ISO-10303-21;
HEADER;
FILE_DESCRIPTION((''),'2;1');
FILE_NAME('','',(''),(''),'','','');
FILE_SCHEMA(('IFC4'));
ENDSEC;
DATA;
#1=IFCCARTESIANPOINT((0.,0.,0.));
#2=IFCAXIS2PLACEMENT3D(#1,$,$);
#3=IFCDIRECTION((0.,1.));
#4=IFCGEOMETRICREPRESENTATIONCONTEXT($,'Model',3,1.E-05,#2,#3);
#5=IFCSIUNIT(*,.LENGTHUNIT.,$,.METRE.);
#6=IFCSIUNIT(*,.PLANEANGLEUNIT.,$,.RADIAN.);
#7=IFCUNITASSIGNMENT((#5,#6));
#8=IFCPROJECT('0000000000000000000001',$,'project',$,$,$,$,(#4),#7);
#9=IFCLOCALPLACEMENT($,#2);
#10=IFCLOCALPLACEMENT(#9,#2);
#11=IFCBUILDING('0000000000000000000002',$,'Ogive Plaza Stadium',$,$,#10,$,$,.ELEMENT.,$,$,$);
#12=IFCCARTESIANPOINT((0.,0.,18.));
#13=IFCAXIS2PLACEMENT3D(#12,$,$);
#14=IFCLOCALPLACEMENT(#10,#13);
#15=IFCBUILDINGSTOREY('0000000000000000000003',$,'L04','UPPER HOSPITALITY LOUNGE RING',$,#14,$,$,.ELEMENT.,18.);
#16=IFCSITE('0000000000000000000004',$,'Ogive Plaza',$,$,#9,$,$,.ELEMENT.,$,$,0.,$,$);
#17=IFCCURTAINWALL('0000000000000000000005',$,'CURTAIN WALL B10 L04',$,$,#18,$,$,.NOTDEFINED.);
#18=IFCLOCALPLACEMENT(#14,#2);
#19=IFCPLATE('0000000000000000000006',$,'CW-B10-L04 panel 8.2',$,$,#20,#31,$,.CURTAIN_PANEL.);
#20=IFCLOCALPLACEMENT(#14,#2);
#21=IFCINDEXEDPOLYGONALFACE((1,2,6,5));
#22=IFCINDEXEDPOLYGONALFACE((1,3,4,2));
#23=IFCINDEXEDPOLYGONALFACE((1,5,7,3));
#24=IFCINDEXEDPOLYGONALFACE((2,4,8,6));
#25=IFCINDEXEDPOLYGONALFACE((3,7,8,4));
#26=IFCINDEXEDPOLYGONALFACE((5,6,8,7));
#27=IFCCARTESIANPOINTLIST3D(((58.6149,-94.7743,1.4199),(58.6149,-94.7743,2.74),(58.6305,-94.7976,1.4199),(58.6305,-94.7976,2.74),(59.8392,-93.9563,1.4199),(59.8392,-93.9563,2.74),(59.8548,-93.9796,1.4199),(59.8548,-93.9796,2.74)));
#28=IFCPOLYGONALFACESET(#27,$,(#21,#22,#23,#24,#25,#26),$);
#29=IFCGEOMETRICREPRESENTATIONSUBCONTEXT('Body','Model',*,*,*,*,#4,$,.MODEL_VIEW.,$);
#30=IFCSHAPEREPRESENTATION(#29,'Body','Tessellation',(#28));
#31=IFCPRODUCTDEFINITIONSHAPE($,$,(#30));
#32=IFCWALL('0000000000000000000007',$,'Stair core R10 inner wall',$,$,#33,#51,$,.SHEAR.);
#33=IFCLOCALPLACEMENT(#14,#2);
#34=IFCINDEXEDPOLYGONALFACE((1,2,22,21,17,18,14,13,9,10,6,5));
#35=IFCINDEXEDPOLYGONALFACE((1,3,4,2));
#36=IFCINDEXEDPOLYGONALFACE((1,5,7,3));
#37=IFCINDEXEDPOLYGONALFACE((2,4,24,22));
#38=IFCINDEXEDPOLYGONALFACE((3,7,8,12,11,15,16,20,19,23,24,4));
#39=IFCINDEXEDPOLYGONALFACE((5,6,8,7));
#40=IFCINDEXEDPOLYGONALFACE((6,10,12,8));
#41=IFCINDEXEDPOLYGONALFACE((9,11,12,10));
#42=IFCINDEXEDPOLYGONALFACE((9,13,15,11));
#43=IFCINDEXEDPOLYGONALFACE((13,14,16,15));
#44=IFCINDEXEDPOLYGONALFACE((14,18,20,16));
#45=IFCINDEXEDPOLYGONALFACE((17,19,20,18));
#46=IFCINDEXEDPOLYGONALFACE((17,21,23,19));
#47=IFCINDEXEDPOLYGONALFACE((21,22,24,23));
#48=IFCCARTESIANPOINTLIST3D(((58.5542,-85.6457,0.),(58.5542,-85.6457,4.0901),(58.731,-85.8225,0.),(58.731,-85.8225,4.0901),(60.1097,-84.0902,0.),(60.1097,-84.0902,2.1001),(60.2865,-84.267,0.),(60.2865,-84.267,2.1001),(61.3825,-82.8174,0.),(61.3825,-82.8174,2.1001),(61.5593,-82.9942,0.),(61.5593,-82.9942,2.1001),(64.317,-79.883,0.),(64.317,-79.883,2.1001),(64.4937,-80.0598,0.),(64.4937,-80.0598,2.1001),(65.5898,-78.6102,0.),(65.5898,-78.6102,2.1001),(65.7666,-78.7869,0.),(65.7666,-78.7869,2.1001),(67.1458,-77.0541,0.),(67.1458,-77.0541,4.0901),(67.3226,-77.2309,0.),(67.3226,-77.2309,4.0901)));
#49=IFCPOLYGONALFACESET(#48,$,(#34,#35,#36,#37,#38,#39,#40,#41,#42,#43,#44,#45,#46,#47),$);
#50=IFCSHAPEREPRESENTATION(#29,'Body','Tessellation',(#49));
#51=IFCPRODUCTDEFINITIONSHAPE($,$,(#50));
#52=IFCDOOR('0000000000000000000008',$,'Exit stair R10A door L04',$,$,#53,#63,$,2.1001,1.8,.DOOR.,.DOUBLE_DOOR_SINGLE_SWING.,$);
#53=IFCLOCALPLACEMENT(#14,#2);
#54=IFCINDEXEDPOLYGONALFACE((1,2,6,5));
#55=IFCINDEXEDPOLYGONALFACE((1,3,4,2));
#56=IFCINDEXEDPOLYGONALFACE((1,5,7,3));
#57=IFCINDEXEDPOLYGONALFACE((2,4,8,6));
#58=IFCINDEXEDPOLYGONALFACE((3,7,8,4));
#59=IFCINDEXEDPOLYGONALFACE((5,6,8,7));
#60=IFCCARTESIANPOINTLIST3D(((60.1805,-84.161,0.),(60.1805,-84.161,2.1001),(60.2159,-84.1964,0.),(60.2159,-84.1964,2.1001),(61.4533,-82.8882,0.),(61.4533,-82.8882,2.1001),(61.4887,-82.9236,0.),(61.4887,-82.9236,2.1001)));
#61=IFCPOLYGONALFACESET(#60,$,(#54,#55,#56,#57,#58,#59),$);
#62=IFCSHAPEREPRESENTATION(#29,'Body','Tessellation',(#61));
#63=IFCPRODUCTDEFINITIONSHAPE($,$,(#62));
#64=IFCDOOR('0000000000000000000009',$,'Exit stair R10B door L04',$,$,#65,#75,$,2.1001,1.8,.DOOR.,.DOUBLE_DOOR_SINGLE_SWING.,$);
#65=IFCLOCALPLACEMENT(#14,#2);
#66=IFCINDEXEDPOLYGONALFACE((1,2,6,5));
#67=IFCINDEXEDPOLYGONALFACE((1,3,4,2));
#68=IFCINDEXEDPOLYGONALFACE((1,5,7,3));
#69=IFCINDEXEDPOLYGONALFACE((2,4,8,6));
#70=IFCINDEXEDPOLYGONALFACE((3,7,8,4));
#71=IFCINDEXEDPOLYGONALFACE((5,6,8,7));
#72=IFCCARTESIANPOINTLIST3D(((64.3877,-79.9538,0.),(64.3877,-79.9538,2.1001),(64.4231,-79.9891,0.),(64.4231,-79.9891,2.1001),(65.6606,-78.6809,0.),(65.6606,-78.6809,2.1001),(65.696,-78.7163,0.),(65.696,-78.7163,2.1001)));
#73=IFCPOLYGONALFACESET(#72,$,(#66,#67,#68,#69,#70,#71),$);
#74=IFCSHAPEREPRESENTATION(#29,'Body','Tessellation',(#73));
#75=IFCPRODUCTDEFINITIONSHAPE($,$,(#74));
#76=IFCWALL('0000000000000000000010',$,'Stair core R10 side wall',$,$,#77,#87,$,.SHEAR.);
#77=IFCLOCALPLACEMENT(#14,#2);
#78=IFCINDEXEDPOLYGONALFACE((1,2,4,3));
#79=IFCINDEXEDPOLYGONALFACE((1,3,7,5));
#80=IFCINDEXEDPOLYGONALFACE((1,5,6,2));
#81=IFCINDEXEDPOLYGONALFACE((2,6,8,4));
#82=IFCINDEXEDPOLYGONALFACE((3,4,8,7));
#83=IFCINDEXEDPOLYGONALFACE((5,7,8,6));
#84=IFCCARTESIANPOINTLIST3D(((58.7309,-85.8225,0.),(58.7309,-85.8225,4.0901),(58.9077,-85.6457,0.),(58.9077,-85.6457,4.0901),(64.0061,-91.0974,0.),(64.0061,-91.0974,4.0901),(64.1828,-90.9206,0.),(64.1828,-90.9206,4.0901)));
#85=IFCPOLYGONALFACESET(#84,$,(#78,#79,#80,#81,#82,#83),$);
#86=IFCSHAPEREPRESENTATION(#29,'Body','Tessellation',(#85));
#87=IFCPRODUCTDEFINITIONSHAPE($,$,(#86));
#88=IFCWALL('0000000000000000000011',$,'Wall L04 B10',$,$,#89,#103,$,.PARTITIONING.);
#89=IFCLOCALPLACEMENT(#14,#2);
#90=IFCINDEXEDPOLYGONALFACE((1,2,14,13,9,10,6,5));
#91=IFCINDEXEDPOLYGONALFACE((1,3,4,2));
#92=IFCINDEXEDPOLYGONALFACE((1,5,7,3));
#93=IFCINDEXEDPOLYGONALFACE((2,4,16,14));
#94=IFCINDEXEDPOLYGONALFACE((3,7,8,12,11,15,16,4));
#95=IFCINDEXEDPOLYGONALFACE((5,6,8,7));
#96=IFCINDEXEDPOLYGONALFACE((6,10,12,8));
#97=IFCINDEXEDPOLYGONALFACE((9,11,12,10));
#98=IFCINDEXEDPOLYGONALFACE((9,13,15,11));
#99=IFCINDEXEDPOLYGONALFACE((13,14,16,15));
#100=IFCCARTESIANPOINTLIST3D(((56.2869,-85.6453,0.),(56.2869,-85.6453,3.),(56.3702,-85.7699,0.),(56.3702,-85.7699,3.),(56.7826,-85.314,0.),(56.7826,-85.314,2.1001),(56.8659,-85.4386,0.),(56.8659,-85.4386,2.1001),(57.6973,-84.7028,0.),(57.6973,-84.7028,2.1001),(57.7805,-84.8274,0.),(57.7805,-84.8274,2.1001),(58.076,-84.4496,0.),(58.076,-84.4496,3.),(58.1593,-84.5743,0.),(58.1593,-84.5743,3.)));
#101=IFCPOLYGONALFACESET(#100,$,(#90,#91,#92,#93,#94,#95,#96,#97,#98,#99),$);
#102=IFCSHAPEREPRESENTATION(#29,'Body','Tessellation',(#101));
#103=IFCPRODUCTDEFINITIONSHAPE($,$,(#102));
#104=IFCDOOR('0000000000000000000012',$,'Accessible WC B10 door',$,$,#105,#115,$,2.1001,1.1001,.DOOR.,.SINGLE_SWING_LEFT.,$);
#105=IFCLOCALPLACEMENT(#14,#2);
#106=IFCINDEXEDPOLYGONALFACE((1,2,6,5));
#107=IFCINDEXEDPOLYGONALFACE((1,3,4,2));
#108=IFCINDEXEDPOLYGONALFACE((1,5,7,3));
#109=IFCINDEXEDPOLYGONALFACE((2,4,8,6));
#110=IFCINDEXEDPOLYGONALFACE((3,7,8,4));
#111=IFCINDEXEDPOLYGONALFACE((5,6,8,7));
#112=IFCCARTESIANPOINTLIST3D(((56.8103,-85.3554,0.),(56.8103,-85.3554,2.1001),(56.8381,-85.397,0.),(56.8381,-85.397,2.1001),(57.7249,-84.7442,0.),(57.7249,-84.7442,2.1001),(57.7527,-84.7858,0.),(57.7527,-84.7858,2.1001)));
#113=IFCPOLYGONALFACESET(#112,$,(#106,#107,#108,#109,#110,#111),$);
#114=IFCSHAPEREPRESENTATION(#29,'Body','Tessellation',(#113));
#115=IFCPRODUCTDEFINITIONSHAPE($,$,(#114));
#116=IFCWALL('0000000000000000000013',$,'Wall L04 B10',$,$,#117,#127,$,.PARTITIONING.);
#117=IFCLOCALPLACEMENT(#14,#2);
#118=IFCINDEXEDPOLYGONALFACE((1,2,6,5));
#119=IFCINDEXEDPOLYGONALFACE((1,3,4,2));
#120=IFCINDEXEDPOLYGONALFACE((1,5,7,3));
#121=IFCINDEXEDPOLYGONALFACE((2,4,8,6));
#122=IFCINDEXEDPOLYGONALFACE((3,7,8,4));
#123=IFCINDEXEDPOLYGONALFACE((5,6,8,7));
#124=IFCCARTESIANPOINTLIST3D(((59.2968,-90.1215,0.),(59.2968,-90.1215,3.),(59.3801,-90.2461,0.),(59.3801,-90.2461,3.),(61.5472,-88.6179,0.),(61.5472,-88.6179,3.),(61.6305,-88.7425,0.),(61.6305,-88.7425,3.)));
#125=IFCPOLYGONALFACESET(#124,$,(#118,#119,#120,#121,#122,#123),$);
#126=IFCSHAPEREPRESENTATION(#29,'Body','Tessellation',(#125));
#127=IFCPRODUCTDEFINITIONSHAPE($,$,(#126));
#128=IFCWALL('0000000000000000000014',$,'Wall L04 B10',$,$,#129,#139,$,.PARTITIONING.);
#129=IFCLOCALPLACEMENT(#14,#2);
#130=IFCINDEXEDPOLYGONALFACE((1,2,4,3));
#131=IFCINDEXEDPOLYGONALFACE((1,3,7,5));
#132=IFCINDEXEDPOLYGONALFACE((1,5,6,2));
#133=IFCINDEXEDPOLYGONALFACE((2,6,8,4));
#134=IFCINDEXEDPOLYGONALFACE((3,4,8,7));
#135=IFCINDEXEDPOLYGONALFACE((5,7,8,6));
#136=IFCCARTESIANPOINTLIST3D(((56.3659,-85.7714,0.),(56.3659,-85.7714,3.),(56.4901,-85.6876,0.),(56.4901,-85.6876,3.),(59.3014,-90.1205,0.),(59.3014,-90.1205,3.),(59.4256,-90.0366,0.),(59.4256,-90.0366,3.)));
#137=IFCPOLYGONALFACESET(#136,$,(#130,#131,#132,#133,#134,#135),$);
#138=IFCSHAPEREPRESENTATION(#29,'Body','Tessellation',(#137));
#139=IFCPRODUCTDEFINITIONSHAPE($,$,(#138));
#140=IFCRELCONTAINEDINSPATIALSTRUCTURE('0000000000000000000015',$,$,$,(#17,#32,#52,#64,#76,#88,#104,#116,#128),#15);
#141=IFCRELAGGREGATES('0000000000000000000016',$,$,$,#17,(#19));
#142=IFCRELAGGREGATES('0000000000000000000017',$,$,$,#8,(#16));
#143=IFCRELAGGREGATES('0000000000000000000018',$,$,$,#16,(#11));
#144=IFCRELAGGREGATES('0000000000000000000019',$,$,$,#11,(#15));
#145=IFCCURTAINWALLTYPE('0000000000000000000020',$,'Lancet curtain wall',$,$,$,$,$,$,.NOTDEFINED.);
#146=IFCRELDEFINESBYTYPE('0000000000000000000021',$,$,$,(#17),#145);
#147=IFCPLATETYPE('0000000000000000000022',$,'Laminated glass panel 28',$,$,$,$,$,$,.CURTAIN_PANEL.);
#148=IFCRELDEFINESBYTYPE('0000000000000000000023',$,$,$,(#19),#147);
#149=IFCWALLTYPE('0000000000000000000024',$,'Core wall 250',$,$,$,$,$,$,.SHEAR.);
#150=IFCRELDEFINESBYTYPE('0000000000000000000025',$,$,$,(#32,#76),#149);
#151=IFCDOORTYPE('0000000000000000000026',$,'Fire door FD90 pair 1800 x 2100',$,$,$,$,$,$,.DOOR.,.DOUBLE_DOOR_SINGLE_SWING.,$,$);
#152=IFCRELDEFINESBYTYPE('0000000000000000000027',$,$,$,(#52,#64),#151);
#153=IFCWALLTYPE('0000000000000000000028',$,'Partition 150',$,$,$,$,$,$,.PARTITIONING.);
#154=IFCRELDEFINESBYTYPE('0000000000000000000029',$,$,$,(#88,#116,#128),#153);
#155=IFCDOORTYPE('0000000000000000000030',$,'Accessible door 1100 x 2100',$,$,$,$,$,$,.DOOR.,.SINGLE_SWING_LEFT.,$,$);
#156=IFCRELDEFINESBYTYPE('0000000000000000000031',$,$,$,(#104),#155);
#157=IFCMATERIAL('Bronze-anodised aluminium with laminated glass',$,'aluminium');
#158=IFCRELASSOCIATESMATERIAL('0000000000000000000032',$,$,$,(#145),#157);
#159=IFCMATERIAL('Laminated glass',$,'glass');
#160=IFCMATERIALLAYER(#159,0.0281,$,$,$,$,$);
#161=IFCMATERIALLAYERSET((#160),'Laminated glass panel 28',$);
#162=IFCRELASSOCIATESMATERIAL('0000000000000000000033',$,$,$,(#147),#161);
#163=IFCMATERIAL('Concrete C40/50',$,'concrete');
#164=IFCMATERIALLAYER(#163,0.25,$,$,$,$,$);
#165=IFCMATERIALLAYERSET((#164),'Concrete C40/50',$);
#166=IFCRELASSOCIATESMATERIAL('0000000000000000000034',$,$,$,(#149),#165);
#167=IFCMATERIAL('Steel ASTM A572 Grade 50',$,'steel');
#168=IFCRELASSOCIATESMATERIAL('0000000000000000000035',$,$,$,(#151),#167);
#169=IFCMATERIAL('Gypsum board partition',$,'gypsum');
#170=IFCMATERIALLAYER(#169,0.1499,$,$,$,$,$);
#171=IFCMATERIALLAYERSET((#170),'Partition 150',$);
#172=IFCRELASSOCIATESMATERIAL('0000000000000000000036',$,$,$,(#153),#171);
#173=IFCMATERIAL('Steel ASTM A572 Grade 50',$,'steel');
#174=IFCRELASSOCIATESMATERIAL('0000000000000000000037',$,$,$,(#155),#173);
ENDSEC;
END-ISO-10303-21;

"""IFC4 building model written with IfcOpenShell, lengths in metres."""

from ifc_helpers import new_model, si_unit, direction, frame, frame_2d, origin, origin_2d, place, context, subcontext, project, spatial, rectangle, extrude, material, layer, layer_set, type_object, element, fill, aggregate, save


model = new_model("IFC4")

# Units and contexts
model_context = context("Model", 3, precision=1e-05, world=origin(), true_north=direction((0.0, 1.0)))
body_context = subcontext(model_context, "Body", "Model", "MODEL_VIEW")
ifc_project = project(units=[si_unit("LENGTHUNIT", "METRE"), si_unit("PLANEANGLEUNIT", "RADIAN")], contexts=[model_context])

# Site, building, storey
site_placement = place(None, origin())
site = spatial("IfcSite", under=ifc_project, at=site_placement, Name="Ogive Plaza", CompositionType="ELEMENT", RefElevation=0.0)
building_placement = place(site_placement, origin())
building = spatial("IfcBuilding", under=site, at=building_placement, Name="Ogive Plaza Stadium", CompositionType="ELEMENT")
storey_placement = place(building_placement, frame((0.0, 0.0, 18.0)))
storey = spatial("IfcBuildingStorey", under=building, at=storey_placement, Name="L04", Description="UPPER HOSPITALITY LOUNGE RING", CompositionType="ELEMENT", Elevation=18.0)

# Curtain wall, plate
ifc_material_1 = material(Name="Bronze-anodised aluminium with laminated glass", Category="aluminium")
curtain_wall_type = type_object("IfcCurtainWallType", Name="Lancet curtain wall", PredefinedType="NOTDEFINED", material=ifc_material_1)
curtain_wall_placement = place(storey_placement, origin())
curtain_wall = element("IfcCurtainWall", 1, at=curtain_wall_placement, inside=storey, type_object=curtain_wall_type, Name="CURTAIN WALL B10 L04", PredefinedType="NOTDEFINED")
ifc_material_2 = material(Name="Laminated glass", Category="glass")
ifc_layer_1 = layer(ifc_material_2, 0.0281)
ifc_layer_set_1 = layer_set([ifc_layer_1], Name="Laminated glass panel 28")
plate_type = type_object("IfcPlateType", Name="Laminated glass panel 28", PredefinedType="CURTAIN_PANEL", material=ifc_layer_set_1)
plate_1_placement = place(storey_placement, frame((59.2349, -94.377, 1.4199), z_axis=(0.0, 0.0, 1.0), x_axis=(-0.83147, -0.55557, 0.0)))
plate_1 = element("IfcPlate", 2, at=plate_1_placement, type_object=plate_type, Name="CW-B10-L04 panel 8.2", PredefinedType="CURTAIN_PANEL", context=body_context, shape_type="SweptSolid", body=[
    extrude(rectangle(XDim=1.4724, YDim=0.0281, at=origin_2d()), origin(), (0.0, 0.0, 1.0), 1.3201),
])
aggregate(curtain_wall, [plate_1])

# Wall, openings, doors
ifc_material_3 = material(Name="Concrete C40/50", Category="concrete")
ifc_layer_2 = layer(ifc_material_3, 0.25)
ifc_layer_set_2 = layer_set([ifc_layer_2], Name="Concrete C40/50")
wall_type_1 = type_object("IfcWallType", Name="Core wall 250", PredefinedType="SHEAR", material=ifc_layer_set_2)
wall_1_placement = place(storey_placement, frame((58.6426, -85.7341, 0.0), z_axis=(0.0, 0.0, 1.0), x_axis=(0.707107, 0.707107, 0.0)))
wall_1 = element("IfcWall", 3, at=wall_1_placement, inside=storey, type_object=wall_type_1, Name="Stair core R10 inner wall", PredefinedType="SHEAR", context=body_context, shape_type="SweptSolid", body=[
    extrude(rectangle(XDim=12.1504, YDim=0.25, at=frame_2d((6.0752, 0.0))), origin(), (0.0, 0.0, 1.0), 4.0901),
])
opening_1_placement = place(wall_1_placement, frame((2.2, 0.0, 0.0)))
opening_1 = element("IfcOpeningElement", 4, at=opening_1_placement, cuts=wall_1, PredefinedType="OPENING", context=body_context, shape_type="SweptSolid", body=[
    extrude(rectangle(XDim=1.8, YDim=2.1001, at=frame_2d((0.8999, 1.05))), frame((0.0, 0.125, 0.0), z_axis=(0.0, -1.0, 0.0), x_axis=(1.0, 0.0, 0.0)), (0.0, 0.0, 1.0), 0.25),
])
opening_2_placement = place(wall_1_placement, frame((8.1499, 0.0, 0.0)))
opening_2 = element("IfcOpeningElement", 5, at=opening_2_placement, cuts=wall_1, PredefinedType="OPENING", context=body_context, shape_type="SweptSolid", body=[
    extrude(rectangle(XDim=1.8, YDim=2.1001, at=frame_2d((0.8999, 1.05))), frame((0.0, 0.125, 0.0), z_axis=(0.0, -1.0, 0.0), x_axis=(1.0, 0.0, 0.0)), (0.0, 0.0, 1.0), 0.25),
])
ifc_material_4 = material(Name="Steel ASTM A572 Grade 50", Category="steel")
door_type_1 = type_object("IfcDoorType", Name="Fire door FD90 pair 1800 x 2100", OperationType="DOUBLE_DOOR_SINGLE_SWING", PredefinedType="DOOR", material=ifc_material_4)
door_1_placement = place(opening_1_placement, origin())
door_1 = element("IfcDoor", 6, at=door_1_placement, inside=storey, type_object=door_type_1, Name="Exit stair R10A door L04", OperationType="DOUBLE_DOOR_SINGLE_SWING", OverallHeight=2.1001, OverallWidth=1.8, PredefinedType="DOOR", context=body_context, shape_type="SweptSolid", body=[
    extrude(rectangle(XDim=1.8, YDim=2.1001, at=frame_2d((0.8999, 1.05))), frame((0.0, 0.0249, 0.0), z_axis=(0.0, -1.0, 0.0), x_axis=(1.0, 0.0, 0.0)), (0.0, 0.0, 1.0), 0.05),
])
fill(opening_1, door_1)
door_2_placement = place(opening_2_placement, origin())
door_2 = element("IfcDoor", 7, at=door_2_placement, inside=storey, type_object=door_type_1, Name="Exit stair R10B door L04", OperationType="DOUBLE_DOOR_SINGLE_SWING", OverallHeight=2.1001, OverallWidth=1.8, PredefinedType="DOOR", context=body_context, shape_type="SweptSolid", body=[
    extrude(rectangle(XDim=1.8, YDim=2.1001, at=frame_2d((0.8999, 1.05))), frame((0.0, 0.0249, 0.0), z_axis=(0.0, -1.0, 0.0), x_axis=(1.0, 0.0, 0.0)), (0.0, 0.0, 1.0), 0.05),
])
fill(opening_2, door_2)

# Wall
wall_2_placement = place(storey_placement, frame((58.8193, -85.7341, 0.0), z_axis=(0.0, 0.0, 1.0), x_axis=(0.707123, -0.70709, 0.0)))
element("IfcWall", 8, at=wall_2_placement, inside=storey, type_object=wall_type_1, Name="Stair core R10 side wall", PredefinedType="SHEAR", context=body_context, shape_type="SweptSolid", body=[
    extrude(rectangle(XDim=7.46, YDim=0.25, at=frame_2d((3.73, 0.0))), origin(), (0.0, 0.0, 1.0), 4.0901),
])

# Wall, opening, door
ifc_material_5 = material(Name="Gypsum board partition", Category="gypsum")
ifc_layer_3 = layer(ifc_material_5, 0.1499)
ifc_layer_set_3 = layer_set([ifc_layer_3], Name="Partition 150")
wall_type_2 = type_object("IfcWallType", Name="Partition 150", PredefinedType="PARTITIONING", material=ifc_layer_set_3)
wall_3_placement = place(storey_placement, frame((58.1177, -84.512, 0.0), z_axis=(0.0, 0.0, 1.0), x_axis=(-0.831439, -0.555616, 0.0)))
wall_3 = element("IfcWall", 9, at=wall_3_placement, inside=storey, type_object=wall_type_2, Name="Wall L04 B10", PredefinedType="PARTITIONING", context=body_context, shape_type="SweptSolid", body=[
    extrude(rectangle(XDim=2.1519, YDim=0.1499, at=frame_2d((1.0759, 0.0))), origin(), (0.0, 0.0, 1.0), 3.0),
])
opening_3_placement = place(wall_3_placement, frame((0.4556, 0.0, 0.0)))
opening_3 = element("IfcOpeningElement", 10, at=opening_3_placement, cuts=wall_3, PredefinedType="OPENING", context=body_context, shape_type="SweptSolid", body=[
    extrude(rectangle(XDim=1.1001, YDim=2.1001, at=frame_2d((0.55, 1.05))), frame((0.0, 0.075, 0.0), z_axis=(0.0, -1.0, 0.0), x_axis=(1.0, 0.0, 0.0)), (0.0, 0.0, 1.0), 0.1499),
])
ifc_material_6 = material(Name="Steel ASTM A572 Grade 50", Category="steel")
door_type_2 = type_object("IfcDoorType", Name="Accessible door 1100 x 2100", OperationType="SINGLE_SWING_LEFT", PredefinedType="DOOR", material=ifc_material_6)
door_3_placement = place(opening_3_placement, origin())
door_3 = element("IfcDoor", 11, at=door_3_placement, inside=storey, type_object=door_type_2, Name="Accessible WC B10 door", OperationType="SINGLE_SWING_LEFT", OverallHeight=2.1001, OverallWidth=1.1001, PredefinedType="DOOR", context=body_context, shape_type="SweptSolid", body=[
    extrude(rectangle(XDim=1.1001, YDim=2.1001, at=frame_2d((0.55, 1.05))), frame((0.0, 0.0249, 0.0), z_axis=(0.0, -1.0, 0.0), x_axis=(1.0, 0.0, 0.0)), (0.0, 0.0, 1.0), 0.05),
])
fill(opening_3, door_3)

# Walls
wall_4_placement = place(storey_placement, frame((61.5889, -88.6802, 0.0), z_axis=(0.0, 0.0, 1.0), x_axis=(-0.831481, -0.555553, 0.0)))
element("IfcWall", 12, at=wall_4_placement, inside=storey, type_object=wall_type_2, Name="Wall L04 B10", PredefinedType="PARTITIONING", context=body_context, shape_type="SweptSolid", body=[
    extrude(rectangle(XDim=2.7065, YDim=0.1499, at=frame_2d((1.3533, 0.0))), origin(), (0.0, 0.0, 1.0), 3.0),
])
wall_5_placement = place(storey_placement, frame((56.428, -85.7295, 0.0), z_axis=(0.0, 0.0, 1.0), x_axis=(0.559458, -0.828858, 0.0)))
element("IfcWall", 13, at=wall_5_placement, inside=storey, type_object=wall_type_2, Name="Wall L04 B10", PredefinedType="PARTITIONING", context=body_context, shape_type="SweptSolid", body=[
    extrude(rectangle(XDim=5.2471, YDim=0.1499, at=frame_2d((2.6235, 0.0))), origin(), (0.0, 0.0, 1.0), 3.0),
])

save(model, "model.ifc")
